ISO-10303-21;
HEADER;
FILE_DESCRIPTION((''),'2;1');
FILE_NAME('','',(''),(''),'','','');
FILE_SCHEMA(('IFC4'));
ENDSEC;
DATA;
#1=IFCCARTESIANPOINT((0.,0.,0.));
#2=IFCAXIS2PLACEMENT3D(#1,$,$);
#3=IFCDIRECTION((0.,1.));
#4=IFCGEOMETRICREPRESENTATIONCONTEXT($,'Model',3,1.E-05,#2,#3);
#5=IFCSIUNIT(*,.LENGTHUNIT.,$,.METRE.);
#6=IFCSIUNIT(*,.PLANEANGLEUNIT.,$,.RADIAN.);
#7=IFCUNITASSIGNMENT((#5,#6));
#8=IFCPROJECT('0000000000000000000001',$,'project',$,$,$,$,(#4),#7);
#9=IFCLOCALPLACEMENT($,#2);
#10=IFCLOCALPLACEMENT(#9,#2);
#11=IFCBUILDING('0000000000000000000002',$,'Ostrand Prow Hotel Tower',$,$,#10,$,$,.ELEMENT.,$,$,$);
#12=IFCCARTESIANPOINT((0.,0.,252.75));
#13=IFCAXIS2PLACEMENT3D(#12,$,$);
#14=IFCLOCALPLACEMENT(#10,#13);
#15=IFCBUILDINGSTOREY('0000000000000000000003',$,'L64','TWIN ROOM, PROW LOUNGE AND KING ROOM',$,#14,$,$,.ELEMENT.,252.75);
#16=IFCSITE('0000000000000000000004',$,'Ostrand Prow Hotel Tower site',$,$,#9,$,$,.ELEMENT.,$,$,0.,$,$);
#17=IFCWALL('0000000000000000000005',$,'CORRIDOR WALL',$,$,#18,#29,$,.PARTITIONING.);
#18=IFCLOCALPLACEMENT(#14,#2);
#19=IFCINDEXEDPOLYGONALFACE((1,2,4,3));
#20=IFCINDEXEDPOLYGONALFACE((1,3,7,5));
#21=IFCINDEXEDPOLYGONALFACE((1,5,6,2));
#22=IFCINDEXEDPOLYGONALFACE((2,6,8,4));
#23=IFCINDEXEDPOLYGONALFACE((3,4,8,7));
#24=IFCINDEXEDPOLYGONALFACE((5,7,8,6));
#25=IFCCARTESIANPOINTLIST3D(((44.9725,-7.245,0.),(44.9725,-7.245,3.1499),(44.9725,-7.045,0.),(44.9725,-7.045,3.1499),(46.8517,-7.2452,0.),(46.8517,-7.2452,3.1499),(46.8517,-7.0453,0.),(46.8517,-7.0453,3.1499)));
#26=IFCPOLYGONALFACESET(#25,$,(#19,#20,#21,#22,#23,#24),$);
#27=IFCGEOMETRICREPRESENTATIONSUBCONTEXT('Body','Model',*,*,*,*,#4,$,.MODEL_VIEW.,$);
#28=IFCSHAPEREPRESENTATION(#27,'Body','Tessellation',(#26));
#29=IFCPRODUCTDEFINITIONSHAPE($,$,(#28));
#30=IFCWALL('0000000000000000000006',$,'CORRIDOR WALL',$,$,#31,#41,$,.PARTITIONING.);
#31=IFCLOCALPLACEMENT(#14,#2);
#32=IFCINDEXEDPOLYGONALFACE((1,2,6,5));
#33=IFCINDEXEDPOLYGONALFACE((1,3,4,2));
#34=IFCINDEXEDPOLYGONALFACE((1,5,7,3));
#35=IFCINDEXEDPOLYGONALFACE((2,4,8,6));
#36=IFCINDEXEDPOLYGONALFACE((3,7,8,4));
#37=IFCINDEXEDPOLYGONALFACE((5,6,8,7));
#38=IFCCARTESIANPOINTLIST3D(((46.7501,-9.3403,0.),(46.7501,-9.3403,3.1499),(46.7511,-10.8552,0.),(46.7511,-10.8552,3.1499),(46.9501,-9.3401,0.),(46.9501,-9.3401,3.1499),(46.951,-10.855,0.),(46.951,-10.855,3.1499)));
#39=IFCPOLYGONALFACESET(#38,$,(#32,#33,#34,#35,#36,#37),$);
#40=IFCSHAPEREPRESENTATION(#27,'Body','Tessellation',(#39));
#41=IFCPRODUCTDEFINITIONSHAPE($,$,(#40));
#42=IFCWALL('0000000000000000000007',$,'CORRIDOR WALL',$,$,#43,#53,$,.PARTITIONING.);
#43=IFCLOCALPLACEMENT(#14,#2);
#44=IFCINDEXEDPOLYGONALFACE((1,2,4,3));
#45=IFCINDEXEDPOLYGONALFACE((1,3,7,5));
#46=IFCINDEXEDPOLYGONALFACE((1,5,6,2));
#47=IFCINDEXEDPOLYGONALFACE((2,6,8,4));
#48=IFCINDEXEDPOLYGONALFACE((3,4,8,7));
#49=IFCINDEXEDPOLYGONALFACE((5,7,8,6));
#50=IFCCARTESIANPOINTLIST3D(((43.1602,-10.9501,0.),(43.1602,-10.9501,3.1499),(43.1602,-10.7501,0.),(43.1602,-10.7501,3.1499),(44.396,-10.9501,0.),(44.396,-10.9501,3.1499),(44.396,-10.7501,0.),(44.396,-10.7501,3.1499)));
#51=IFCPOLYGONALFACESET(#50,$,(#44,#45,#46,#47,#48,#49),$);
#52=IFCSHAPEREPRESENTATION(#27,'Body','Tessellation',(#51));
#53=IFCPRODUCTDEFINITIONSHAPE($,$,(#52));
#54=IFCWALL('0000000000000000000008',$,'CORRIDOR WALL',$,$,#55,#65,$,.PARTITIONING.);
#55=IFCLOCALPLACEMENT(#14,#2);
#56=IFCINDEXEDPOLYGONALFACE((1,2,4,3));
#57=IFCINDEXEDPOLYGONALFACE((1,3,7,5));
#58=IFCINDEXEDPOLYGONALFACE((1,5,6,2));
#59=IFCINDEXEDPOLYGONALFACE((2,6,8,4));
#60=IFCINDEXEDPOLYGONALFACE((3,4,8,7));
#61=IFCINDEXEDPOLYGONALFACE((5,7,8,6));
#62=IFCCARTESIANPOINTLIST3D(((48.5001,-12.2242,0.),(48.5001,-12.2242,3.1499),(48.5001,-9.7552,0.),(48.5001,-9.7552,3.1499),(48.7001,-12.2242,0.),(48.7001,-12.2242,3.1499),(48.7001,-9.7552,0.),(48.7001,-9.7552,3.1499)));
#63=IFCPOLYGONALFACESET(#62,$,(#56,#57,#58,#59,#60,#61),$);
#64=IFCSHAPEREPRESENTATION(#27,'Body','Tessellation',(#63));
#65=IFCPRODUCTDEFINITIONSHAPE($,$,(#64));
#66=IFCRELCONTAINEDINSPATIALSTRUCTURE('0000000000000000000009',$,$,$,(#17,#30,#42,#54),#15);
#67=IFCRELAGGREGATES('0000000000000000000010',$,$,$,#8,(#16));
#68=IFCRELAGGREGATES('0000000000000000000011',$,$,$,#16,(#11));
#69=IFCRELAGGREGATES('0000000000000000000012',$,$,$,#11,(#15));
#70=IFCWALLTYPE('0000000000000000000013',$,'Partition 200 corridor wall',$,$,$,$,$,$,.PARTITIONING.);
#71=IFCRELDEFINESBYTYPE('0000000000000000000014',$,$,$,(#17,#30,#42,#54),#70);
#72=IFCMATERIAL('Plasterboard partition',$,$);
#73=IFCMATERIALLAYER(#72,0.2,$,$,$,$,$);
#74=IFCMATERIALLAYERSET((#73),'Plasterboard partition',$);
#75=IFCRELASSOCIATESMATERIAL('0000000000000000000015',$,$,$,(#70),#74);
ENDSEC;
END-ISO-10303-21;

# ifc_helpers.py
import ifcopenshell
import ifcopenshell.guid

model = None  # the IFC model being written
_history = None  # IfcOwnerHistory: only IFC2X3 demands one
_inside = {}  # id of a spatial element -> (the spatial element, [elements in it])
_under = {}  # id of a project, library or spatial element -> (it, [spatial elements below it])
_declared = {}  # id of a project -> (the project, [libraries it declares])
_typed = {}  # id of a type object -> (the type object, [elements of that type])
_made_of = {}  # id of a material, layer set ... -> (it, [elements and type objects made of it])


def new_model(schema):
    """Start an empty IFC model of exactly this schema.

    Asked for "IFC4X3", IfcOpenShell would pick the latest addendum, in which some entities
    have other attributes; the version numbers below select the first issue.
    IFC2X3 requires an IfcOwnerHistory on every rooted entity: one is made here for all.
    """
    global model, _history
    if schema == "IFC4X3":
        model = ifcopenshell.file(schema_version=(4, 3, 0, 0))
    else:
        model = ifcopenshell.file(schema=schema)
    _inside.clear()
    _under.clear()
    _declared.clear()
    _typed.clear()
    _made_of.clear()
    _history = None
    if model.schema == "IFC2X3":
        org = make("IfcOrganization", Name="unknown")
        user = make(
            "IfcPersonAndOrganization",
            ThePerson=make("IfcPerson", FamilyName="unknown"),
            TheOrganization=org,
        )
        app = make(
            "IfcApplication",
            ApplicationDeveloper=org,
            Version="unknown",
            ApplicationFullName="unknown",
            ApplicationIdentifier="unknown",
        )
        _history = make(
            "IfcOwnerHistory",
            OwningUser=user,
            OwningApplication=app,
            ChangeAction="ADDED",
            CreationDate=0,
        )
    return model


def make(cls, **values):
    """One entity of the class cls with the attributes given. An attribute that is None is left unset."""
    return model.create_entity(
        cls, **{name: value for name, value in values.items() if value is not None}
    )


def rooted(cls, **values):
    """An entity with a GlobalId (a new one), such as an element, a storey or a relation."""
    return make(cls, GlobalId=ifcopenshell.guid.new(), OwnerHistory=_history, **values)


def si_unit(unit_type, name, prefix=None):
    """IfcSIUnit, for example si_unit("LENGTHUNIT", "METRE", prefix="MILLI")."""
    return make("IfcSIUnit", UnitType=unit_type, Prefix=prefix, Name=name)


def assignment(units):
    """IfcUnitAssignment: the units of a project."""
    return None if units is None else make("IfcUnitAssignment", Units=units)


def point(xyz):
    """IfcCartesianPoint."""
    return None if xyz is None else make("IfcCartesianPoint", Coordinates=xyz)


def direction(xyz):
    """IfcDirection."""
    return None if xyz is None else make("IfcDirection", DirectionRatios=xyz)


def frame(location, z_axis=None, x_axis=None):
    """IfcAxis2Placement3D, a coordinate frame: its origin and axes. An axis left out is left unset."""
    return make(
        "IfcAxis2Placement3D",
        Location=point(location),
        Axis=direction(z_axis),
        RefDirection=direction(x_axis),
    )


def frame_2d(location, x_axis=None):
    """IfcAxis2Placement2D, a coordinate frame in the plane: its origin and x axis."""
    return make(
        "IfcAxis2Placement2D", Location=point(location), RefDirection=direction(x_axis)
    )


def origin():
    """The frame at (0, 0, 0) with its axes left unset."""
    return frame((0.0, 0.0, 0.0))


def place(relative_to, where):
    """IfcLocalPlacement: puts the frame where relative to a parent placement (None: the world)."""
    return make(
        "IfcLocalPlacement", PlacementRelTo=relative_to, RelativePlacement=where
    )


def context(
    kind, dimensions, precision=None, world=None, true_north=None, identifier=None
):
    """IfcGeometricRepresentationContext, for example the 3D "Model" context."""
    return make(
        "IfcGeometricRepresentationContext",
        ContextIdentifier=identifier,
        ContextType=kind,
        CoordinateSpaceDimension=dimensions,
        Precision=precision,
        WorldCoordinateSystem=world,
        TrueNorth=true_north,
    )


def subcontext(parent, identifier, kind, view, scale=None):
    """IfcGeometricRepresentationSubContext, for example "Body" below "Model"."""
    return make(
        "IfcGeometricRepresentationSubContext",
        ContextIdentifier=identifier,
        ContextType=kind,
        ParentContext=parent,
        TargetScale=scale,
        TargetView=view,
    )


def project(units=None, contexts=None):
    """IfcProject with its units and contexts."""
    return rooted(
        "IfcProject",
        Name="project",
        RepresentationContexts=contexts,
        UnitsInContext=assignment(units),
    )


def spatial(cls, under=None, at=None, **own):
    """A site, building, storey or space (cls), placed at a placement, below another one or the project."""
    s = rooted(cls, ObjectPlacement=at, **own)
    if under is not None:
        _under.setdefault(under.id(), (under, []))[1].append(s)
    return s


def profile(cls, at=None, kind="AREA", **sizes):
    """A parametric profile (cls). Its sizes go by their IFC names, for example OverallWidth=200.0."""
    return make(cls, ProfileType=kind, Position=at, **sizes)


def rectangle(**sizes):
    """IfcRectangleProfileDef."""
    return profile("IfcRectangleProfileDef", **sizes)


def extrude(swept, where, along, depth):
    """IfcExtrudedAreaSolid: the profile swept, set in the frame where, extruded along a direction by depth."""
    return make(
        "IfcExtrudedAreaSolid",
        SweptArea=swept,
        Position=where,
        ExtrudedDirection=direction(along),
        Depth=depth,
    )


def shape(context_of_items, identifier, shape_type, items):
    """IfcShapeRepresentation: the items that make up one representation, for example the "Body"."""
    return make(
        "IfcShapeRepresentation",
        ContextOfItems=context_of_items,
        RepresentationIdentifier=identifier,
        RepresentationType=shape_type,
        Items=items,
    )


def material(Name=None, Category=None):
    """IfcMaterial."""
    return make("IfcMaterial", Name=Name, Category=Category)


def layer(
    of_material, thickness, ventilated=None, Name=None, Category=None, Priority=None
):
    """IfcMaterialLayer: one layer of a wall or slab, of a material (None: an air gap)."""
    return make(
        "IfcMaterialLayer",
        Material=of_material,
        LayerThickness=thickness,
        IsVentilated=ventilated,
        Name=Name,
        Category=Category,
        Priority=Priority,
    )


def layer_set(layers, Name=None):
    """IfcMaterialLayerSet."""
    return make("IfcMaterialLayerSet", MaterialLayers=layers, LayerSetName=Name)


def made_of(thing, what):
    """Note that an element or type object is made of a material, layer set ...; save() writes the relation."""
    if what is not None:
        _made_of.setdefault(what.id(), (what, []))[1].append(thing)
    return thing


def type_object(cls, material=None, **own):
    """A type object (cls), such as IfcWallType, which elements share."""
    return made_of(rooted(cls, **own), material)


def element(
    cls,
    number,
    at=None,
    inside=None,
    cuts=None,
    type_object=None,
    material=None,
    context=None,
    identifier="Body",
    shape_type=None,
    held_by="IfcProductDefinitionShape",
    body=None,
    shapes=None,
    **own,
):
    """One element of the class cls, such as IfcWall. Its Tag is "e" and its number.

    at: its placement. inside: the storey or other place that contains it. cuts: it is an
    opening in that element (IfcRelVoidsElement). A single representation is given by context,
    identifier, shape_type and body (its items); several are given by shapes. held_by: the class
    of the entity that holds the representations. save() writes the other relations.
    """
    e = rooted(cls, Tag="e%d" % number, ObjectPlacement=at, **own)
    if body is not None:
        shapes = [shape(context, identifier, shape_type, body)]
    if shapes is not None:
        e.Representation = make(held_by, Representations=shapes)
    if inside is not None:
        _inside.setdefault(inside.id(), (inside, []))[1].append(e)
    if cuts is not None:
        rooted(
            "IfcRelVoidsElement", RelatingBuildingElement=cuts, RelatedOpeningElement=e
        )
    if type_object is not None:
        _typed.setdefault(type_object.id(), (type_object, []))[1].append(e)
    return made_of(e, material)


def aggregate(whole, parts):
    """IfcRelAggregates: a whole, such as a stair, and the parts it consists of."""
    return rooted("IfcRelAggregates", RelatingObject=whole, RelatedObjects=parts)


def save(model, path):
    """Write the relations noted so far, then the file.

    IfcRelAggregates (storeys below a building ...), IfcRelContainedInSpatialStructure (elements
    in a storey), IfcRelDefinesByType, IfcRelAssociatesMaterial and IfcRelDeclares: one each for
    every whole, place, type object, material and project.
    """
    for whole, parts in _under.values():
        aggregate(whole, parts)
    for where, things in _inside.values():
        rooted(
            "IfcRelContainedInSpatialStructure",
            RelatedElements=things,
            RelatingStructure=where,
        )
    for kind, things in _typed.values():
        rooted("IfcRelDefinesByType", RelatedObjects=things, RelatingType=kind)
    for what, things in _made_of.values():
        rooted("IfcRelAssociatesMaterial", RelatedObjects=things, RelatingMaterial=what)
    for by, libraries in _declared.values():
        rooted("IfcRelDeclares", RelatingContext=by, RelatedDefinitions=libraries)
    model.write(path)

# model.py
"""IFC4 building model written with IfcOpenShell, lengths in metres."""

from ifc_helpers import new_model, si_unit, direction, frame, frame_2d, origin, place, context, subcontext, project, spatial, rectangle, extrude, material, layer, layer_set, type_object, element, save


model = new_model("IFC4")

# Units and contexts
model_context = context("Model", 3, precision=1e-05, world=origin(), true_north=direction((0.0, 1.0)))
body_context = subcontext(model_context, "Body", "Model", "MODEL_VIEW")
ifc_project = project(units=[si_unit("LENGTHUNIT", "METRE"), si_unit("PLANEANGLEUNIT", "RADIAN")], contexts=[model_context])

# Site, building, storey
site_placement = place(None, origin())
site = spatial("IfcSite", under=ifc_project, at=site_placement, Name="Ostrand Prow Hotel Tower site", CompositionType="ELEMENT", RefElevation=0.0)
building_placement = place(site_placement, origin())
building = spatial("IfcBuilding", under=site, at=building_placement, Name="Ostrand Prow Hotel Tower", CompositionType="ELEMENT")
storey_placement = place(building_placement, frame((0.0, 0.0, 252.75)))
storey = spatial("IfcBuildingStorey", under=building, at=storey_placement, Name="L64", Description="TWIN ROOM, PROW LOUNGE AND KING ROOM", CompositionType="ELEMENT", Elevation=252.75)

# Shared definitions
ifc_material_1 = material(Name="Plasterboard partition")
ifc_layer_1 = layer(ifc_material_1, 0.2)
ifc_layer_set_1 = layer_set([ifc_layer_1], Name="Plasterboard partition")
wall_type_1 = type_object("IfcWallType", Name="Partition 200 corridor wall", PredefinedType="PARTITIONING", material=ifc_layer_set_1)

# Walls
wall_1_placement = place(storey_placement, frame((46.8516, -7.1453, 0.0), z_axis=(0.0, 0.0, 1.0), x_axis=(-1.0, 0.00013, 0.0)))
element("IfcWall", 1, at=wall_1_placement, inside=storey, type_object=wall_type_1, Name="CORRIDOR WALL", PredefinedType="PARTITIONING", context=body_context, shape_type="SweptSolid", body=[
    extrude(rectangle(XDim=1.8792, YDim=0.2, at=frame_2d((0.9395, 0.0))), origin(), (0.0, 0.0, 1.0), 3.1499),
])
wall_2_placement = place(storey_placement, frame((46.8511, -10.855, 0.0), z_axis=(0.0, 0.0, 1.0), x_axis=(-0.000645, 1.0, 0.0)))
element("IfcWall", 2, at=wall_2_placement, inside=storey, type_object=wall_type_1, Name="CORRIDOR WALL", PredefinedType="PARTITIONING", context=body_context, shape_type="SweptSolid", body=[
    extrude(rectangle(XDim=1.5149, YDim=0.2, at=frame_2d((0.7573, 0.0))), origin(), (0.0, 0.0, 1.0), 3.1499),
])
wall_3_placement = place(storey_placement, frame((44.396, -10.8501, 0.0), z_axis=(0.0, 0.0, 1.0), x_axis=(-1.0, 0.0, 0.0)))
element("IfcWall", 3, at=wall_3_placement, inside=storey, type_object=wall_type_1, Name="CORRIDOR WALL", PredefinedType="PARTITIONING", context=body_context, shape_type="SweptSolid", body=[
    extrude(rectangle(XDim=1.2358, YDim=0.2, at=frame_2d((0.6179, 0.0))), origin(), (0.0, 0.0, 1.0), 3.1499),
])
wall_4_placement = place(storey_placement, frame((48.6001, -12.2241, 0.0), z_axis=(0.0, 0.0, 1.0), x_axis=(0.0, 1.0, 0.0)))
element("IfcWall", 4, at=wall_4_placement, inside=storey, type_object=wall_type_1, Name="CORRIDOR WALL", PredefinedType="PARTITIONING", context=body_context, shape_type="SweptSolid", body=[
    extrude(rectangle(XDim=2.469, YDim=0.2, at=frame_2d((1.2344, 0.0))), origin(), (0.0, 0.0, 1.0), 3.1499),
])

save(model, "model.ifc")
